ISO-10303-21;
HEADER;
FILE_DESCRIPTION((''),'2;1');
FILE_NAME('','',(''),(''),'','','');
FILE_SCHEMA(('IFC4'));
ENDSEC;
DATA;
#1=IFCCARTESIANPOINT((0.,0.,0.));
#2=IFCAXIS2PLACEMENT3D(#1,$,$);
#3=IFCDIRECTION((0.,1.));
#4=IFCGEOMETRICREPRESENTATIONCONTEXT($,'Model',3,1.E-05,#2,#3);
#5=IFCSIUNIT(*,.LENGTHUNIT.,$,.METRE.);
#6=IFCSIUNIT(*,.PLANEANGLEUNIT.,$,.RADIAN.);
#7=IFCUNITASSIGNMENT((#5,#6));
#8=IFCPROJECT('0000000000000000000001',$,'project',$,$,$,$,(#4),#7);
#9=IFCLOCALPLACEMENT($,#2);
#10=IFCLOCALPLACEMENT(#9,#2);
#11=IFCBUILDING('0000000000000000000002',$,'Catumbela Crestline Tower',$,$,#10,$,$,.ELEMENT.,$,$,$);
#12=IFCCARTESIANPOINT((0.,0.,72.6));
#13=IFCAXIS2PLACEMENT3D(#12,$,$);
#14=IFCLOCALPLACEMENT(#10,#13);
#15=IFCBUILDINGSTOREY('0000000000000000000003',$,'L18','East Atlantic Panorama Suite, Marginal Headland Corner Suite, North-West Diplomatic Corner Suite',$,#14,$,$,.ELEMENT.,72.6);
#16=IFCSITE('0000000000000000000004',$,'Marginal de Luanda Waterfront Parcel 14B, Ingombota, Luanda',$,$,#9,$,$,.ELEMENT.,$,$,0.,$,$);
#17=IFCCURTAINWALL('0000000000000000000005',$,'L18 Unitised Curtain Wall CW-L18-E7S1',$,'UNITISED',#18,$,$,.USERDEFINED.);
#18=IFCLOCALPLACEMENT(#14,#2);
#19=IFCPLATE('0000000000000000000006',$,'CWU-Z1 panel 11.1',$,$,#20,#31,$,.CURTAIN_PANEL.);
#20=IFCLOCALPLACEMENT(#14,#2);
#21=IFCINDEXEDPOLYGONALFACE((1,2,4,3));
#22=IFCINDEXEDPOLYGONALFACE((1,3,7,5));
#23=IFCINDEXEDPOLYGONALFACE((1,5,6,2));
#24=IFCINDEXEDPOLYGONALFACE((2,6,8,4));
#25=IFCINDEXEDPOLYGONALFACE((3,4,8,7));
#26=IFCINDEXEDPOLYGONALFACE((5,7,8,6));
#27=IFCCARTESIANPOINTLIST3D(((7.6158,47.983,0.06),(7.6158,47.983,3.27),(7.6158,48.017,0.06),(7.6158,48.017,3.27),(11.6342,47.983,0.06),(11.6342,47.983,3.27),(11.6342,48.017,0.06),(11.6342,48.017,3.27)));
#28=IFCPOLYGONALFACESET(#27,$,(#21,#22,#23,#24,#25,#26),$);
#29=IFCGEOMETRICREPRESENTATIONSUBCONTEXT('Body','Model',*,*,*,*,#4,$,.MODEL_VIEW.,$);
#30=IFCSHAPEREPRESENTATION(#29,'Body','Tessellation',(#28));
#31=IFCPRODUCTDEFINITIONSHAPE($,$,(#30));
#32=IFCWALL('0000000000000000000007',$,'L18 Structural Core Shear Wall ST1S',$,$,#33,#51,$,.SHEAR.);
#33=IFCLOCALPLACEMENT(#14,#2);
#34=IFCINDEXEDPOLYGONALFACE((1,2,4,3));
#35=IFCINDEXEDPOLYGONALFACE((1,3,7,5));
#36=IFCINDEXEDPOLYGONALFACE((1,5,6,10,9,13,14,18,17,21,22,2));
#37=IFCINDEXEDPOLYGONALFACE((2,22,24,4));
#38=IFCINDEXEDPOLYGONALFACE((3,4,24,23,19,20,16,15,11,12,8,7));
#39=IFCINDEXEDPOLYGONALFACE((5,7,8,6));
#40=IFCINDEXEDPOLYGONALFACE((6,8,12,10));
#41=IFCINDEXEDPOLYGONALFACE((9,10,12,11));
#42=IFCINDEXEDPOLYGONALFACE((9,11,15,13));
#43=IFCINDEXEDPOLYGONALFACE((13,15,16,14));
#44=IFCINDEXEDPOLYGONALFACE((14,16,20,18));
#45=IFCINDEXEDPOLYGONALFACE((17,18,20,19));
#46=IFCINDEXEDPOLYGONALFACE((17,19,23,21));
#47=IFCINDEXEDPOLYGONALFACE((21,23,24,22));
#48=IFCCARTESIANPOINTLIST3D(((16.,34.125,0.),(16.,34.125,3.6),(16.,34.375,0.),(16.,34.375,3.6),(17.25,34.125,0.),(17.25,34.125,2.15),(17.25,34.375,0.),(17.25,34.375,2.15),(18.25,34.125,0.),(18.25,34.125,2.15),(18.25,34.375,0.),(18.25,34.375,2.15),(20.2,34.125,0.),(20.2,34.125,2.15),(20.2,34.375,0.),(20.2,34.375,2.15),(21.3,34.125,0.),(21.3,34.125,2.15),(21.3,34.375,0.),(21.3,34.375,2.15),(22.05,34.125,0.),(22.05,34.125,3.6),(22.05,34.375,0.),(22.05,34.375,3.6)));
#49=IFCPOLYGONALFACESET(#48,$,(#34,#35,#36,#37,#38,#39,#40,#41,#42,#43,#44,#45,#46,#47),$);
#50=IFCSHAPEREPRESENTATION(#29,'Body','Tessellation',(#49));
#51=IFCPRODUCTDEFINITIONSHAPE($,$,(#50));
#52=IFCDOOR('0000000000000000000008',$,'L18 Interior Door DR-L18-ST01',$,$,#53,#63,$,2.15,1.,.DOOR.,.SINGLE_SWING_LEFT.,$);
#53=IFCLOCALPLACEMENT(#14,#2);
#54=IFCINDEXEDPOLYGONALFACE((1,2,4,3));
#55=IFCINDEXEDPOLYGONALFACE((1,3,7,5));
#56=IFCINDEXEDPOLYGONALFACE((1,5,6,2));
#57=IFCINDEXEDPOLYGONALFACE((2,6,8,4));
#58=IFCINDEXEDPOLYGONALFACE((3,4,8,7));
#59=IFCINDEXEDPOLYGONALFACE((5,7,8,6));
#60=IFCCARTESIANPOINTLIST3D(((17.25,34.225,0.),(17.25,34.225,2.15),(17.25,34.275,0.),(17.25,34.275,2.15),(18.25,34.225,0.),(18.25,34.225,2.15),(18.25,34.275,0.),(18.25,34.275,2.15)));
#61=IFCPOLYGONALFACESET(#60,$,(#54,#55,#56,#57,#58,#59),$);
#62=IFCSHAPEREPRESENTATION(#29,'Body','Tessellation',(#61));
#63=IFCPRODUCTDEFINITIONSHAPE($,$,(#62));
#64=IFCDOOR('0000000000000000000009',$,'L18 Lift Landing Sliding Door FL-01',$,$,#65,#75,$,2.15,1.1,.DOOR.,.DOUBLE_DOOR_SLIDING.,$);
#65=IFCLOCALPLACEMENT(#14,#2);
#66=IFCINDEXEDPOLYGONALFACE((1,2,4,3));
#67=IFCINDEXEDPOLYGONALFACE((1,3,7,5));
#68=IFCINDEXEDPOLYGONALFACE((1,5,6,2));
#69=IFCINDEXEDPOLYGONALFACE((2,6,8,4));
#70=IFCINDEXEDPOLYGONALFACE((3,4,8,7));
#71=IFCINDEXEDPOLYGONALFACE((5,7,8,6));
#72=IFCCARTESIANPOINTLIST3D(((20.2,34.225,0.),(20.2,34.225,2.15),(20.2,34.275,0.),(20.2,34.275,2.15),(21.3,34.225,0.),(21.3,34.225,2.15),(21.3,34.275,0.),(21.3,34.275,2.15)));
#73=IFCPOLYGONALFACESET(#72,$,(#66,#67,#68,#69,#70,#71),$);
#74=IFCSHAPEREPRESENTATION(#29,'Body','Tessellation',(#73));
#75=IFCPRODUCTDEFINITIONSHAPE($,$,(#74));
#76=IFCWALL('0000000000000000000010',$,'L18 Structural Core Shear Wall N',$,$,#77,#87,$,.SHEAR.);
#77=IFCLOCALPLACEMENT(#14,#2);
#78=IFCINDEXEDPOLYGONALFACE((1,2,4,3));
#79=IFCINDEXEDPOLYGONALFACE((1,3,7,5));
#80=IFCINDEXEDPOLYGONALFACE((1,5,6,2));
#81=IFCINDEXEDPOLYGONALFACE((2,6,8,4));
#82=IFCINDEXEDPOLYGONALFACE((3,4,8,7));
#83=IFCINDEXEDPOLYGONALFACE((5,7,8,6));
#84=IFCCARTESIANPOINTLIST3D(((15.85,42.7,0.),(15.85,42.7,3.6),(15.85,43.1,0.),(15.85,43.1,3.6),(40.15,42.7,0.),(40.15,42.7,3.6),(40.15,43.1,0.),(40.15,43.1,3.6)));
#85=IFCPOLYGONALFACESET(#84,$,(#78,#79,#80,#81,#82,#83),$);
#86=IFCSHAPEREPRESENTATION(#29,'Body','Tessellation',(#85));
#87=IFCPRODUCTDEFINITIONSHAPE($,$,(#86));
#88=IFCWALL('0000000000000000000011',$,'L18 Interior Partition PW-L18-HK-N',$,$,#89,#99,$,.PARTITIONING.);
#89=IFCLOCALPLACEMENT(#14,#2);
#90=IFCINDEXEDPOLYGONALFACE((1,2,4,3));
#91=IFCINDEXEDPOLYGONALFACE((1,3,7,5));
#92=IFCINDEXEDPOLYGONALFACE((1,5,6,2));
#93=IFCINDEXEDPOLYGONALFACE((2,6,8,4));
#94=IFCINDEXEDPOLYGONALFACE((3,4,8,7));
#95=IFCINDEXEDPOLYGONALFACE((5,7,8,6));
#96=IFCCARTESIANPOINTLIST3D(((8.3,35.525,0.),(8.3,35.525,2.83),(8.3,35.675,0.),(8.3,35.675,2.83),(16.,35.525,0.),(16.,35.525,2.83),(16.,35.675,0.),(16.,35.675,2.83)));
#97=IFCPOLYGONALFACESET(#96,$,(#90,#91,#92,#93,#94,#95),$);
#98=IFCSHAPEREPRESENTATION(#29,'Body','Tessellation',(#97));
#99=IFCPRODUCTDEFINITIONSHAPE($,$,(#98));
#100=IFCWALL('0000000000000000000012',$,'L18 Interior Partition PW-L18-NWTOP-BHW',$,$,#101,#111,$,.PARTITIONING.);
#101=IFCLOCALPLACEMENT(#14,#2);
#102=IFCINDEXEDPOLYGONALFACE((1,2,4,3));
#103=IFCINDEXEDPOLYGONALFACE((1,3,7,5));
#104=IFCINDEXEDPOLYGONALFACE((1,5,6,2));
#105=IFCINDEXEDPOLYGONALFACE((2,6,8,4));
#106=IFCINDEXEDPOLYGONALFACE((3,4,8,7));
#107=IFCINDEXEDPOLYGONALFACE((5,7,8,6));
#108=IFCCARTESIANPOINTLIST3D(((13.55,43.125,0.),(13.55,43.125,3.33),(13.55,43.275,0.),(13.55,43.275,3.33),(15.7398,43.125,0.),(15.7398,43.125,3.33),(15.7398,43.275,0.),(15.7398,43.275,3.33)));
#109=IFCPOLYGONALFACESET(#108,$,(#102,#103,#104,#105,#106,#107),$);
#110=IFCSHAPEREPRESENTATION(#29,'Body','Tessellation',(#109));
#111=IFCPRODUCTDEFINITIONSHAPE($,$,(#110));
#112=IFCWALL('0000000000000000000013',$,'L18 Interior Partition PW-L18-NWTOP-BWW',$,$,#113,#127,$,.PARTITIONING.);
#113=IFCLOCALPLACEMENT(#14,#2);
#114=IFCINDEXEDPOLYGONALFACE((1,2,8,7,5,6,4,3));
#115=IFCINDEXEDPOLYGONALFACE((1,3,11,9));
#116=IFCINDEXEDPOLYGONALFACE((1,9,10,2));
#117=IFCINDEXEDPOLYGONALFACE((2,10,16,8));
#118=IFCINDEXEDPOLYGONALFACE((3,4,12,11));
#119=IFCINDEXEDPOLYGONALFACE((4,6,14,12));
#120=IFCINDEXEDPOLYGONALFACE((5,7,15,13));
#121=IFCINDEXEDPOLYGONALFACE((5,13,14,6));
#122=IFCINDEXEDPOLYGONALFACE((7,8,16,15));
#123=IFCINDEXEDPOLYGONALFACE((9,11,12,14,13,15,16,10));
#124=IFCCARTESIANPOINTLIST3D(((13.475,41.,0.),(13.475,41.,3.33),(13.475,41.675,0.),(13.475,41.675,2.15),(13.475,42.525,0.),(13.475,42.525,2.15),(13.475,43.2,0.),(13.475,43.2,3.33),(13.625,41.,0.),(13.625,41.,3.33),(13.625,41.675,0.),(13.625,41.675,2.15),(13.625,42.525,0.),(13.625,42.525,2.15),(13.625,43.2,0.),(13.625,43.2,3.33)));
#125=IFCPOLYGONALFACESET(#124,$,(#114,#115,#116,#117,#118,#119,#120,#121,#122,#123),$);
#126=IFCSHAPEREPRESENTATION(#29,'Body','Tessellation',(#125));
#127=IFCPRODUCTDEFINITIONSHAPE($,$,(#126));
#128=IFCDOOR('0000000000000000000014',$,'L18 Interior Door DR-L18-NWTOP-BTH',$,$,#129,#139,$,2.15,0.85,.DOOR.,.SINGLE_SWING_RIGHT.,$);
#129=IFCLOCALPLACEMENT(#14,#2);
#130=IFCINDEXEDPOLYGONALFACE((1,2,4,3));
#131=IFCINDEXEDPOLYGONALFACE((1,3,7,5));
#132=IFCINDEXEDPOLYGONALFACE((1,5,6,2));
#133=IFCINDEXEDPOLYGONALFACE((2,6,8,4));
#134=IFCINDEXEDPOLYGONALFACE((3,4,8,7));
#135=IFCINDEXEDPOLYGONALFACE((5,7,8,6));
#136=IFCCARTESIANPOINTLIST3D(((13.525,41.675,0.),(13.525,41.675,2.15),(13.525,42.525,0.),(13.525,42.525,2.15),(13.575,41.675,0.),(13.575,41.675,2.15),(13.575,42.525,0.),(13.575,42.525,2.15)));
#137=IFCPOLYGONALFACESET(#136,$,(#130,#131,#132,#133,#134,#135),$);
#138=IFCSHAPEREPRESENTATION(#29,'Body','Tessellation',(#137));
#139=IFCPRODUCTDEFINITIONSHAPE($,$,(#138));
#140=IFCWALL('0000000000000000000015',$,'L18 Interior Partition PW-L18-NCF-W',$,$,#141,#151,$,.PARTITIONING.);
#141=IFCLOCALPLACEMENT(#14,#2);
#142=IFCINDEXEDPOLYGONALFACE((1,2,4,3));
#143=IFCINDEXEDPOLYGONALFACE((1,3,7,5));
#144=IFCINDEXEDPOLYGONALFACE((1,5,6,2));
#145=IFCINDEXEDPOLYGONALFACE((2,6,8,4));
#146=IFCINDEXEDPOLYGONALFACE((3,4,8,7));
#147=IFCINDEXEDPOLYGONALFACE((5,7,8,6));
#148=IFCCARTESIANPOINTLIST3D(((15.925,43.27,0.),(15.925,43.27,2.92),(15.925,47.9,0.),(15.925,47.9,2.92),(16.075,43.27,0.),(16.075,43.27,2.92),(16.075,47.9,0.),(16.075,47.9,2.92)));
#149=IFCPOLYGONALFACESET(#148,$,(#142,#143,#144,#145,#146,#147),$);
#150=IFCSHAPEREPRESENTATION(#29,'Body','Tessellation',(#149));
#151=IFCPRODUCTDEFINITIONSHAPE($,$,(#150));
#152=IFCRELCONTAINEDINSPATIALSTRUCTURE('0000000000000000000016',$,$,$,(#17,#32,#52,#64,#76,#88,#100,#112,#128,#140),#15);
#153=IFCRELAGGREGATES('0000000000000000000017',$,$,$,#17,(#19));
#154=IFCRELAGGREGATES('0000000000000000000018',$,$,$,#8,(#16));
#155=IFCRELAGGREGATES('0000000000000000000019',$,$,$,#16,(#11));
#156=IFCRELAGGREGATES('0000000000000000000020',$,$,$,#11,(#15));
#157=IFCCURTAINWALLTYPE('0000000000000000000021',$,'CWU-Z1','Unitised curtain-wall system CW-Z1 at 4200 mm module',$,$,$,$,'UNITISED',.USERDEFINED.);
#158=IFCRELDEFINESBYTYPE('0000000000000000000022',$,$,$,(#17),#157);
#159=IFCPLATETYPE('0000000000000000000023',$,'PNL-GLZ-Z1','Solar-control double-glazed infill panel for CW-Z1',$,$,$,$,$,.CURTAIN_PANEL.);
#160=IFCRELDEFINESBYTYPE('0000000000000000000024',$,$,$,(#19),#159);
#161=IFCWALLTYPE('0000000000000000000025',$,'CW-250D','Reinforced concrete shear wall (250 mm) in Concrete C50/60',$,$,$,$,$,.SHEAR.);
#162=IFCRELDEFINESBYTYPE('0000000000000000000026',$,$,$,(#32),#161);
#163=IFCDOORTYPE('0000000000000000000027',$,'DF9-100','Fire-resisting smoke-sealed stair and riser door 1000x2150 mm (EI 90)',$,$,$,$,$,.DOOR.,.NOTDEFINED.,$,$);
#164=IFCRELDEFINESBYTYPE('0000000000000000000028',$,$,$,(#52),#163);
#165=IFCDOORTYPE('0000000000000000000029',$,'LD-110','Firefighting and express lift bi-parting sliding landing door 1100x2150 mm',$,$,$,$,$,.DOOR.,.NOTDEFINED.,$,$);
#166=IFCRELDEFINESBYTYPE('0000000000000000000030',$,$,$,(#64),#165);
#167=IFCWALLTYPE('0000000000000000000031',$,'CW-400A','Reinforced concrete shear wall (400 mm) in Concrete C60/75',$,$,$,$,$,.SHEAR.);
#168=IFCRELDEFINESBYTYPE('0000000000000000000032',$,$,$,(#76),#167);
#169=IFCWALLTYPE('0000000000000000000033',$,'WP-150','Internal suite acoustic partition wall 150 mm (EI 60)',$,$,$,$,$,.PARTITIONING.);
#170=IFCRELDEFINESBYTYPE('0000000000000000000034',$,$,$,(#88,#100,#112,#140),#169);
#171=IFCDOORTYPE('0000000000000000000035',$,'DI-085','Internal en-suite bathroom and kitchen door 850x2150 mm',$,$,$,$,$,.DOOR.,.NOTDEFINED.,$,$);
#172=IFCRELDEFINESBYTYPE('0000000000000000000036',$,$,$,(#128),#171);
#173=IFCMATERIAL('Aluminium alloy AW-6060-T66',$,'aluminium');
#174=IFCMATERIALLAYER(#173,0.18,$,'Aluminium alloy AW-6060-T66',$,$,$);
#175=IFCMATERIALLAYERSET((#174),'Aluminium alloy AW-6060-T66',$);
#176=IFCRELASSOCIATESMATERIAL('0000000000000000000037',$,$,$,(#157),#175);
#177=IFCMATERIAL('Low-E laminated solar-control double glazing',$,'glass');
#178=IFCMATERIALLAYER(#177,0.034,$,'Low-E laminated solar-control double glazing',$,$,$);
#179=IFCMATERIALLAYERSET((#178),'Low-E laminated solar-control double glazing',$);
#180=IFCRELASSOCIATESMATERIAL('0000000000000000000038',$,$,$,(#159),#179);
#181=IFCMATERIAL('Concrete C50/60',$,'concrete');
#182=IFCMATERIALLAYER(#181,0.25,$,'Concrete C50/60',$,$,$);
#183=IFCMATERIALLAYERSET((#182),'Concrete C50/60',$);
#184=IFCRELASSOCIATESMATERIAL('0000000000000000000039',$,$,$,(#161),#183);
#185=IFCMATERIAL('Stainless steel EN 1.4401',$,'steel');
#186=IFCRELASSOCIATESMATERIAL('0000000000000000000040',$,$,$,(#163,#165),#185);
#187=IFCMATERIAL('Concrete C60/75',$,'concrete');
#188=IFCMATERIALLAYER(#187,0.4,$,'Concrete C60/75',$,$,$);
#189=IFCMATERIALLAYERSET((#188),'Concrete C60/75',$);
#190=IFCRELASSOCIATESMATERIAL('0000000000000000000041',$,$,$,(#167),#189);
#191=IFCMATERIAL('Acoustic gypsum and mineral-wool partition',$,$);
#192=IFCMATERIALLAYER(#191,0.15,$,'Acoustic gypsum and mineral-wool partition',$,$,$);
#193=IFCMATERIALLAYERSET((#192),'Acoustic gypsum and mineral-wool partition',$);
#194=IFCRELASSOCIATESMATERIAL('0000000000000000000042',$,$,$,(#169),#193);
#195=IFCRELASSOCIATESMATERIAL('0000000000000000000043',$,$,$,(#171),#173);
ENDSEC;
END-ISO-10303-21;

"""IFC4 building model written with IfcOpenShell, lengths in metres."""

from ifc_helpers import new_model, si_unit, direction, frame, frame_2d, origin, origin_2d, place, context, subcontext, project, spatial, rectangle, extrude, material, layer, layer_set, type_object, element, fill, aggregate, save


model = new_model("IFC4")

# Units and contexts
model_context = context("Model", 3, precision=1e-05, world=origin(), true_north=direction((0.0, 1.0)))
body_context = subcontext(model_context, "Body", "Model", "MODEL_VIEW")
ifc_project = project(units=[si_unit("LENGTHUNIT", "METRE"), si_unit("PLANEANGLEUNIT", "RADIAN")], contexts=[model_context])

# Site, building, storey
site_placement = place(None, origin())
site = spatial("IfcSite", under=ifc_project, at=site_placement, Name="Marginal de Luanda Waterfront Parcel 14B, Ingombota, Luanda", CompositionType="ELEMENT", RefElevation=0.0)
building_placement = place(site_placement, origin())
building = spatial("IfcBuilding", under=site, at=building_placement, Name="Catumbela Crestline Tower", CompositionType="ELEMENT")
storey_placement = place(building_placement, frame((0.0, 0.0, 72.6)))
storey = spatial("IfcBuildingStorey", under=building, at=storey_placement, Name="L18", Description="East Atlantic Panorama Suite, Marginal Headland Corner Suite, North-West Diplomatic Corner Suite", CompositionType="ELEMENT", Elevation=72.6)

# Curtain wall
ifc_material_1 = material(Name="Aluminium alloy AW-6060-T66", Category="aluminium")
ifc_layer_1 = layer(ifc_material_1, 0.18, Name="Aluminium alloy AW-6060-T66")
ifc_layer_set_1 = layer_set([ifc_layer_1], Name="Aluminium alloy AW-6060-T66")
curtain_wall_type = type_object("IfcCurtainWallType", Name="CWU-Z1", Description="Unitised curtain-wall system CW-Z1 at 4200 mm module", ElementType="UNITISED", PredefinedType="USERDEFINED", material=ifc_layer_set_1)
curtain_wall_placement = place(storey_placement, origin())
curtain_wall = element("IfcCurtainWall", 1, at=curtain_wall_placement, inside=storey, type_object=curtain_wall_type, Name="L18 Unitised Curtain Wall CW-L18-E7S1", ObjectType="UNITISED", PredefinedType="USERDEFINED")

# Plate
ifc_material_2 = material(Name="Low-E laminated solar-control double glazing", Category="glass")
ifc_layer_2 = layer(ifc_material_2, 0.034, Name="Low-E laminated solar-control double glazing")
ifc_layer_set_2 = layer_set([ifc_layer_2], Name="Low-E laminated solar-control double glazing")
plate_type = type_object("IfcPlateType", Name="PNL-GLZ-Z1", Description="Solar-control double-glazed infill panel for CW-Z1", PredefinedType="CURTAIN_PANEL", material=ifc_layer_set_2)
plate_1_placement = place(storey_placement, frame((9.625, 48.0, 0.06), z_axis=(0.0, 0.0, 1.0), x_axis=(-1.0, 0.0, 0.0)))
plate_1 = element("IfcPlate", 2, at=plate_1_placement, type_object=plate_type, Name="CWU-Z1 panel 11.1", PredefinedType="CURTAIN_PANEL", context=body_context, shape_type="SweptSolid", body=[
    extrude(rectangle(XDim=4.0183, YDim=0.034, at=origin_2d()), origin(), (0.0, 0.0, 1.0), 3.21),
])
aggregate(curtain_wall, [plate_1])

# Wall, openings, doors
ifc_material_3 = material(Name="Concrete C50/60", Category="concrete")
ifc_layer_3 = layer(ifc_material_3, 0.25, Name="Concrete C50/60")
ifc_layer_set_3 = layer_set([ifc_layer_3], Name="Concrete C50/60")
wall_type_1 = type_object("IfcWallType", Name="CW-250D", Description="Reinforced concrete shear wall (250 mm) in Concrete C50/60", PredefinedType="SHEAR", material=ifc_layer_set_3)
wall_1_placement = place(storey_placement, frame((16.0, 34.25, 0.0), z_axis=(0.0, 0.0, 1.0), x_axis=(1.0, 0.0, 0.0)))
wall_1 = element("IfcWall", 3, at=wall_1_placement, inside=storey, type_object=wall_type_1, Name="L18 Structural Core Shear Wall ST1S", PredefinedType="SHEAR", context=body_context, shape_type="SweptSolid", body=[
    extrude(rectangle(XDim=6.05, YDim=0.25, at=frame_2d((3.025, 0.0))), origin(), (0.0, 0.0, 1.0), 3.6),
])
opening_1_placement = place(wall_1_placement, frame((1.25, 0.0, 0.0)))
opening_1 = element("IfcOpeningElement", 4, at=opening_1_placement, cuts=wall_1, PredefinedType="OPENING", context=body_context, shape_type="SweptSolid", body=[
    extrude(rectangle(XDim=1.0, YDim=2.15, at=frame_2d((0.5, 1.075))), frame((0.0, 0.135, 0.0), z_axis=(0.0, -1.0, 0.0), x_axis=(1.0, 0.0, 0.0)), (0.0, 0.0, 1.0), 0.27),
])
opening_2_placement = place(wall_1_placement, frame((4.2, 0.0, 0.0)))
opening_2 = element("IfcOpeningElement", 5, at=opening_2_placement, cuts=wall_1, PredefinedType="OPENING", context=body_context, shape_type="SweptSolid", body=[
    extrude(rectangle(XDim=1.1, YDim=2.15, at=frame_2d((0.55, 1.075))), frame((0.0, 0.135, 0.0), z_axis=(0.0, -1.0, 0.0), x_axis=(1.0, 0.0, 0.0)), (0.0, 0.0, 1.0), 0.27),
])
ifc_material_4 = material(Name="Stainless steel EN 1.4401", Category="steel")
door_type_1 = type_object("IfcDoorType", Name="DF9-100", Description="Fire-resisting smoke-sealed stair and riser door 1000x2150 mm (EI 90)", OperationType="NOTDEFINED", PredefinedType="DOOR", material=ifc_material_4)
door_1_placement = place(opening_1_placement, origin())
door_1 = element("IfcDoor", 6, at=door_1_placement, inside=storey, type_object=door_type_1, Name="L18 Interior Door DR-L18-ST01", OperationType="SINGLE_SWING_LEFT", OverallHeight=2.15, OverallWidth=1.0, PredefinedType="DOOR", context=body_context, shape_type="SweptSolid", body=[
    extrude(rectangle(XDim=1.0, YDim=2.15, at=frame_2d((0.5, 1.075))), frame((0.0, 0.025, 0.0), z_axis=(0.0, -1.0, 0.0), x_axis=(1.0, 0.0, 0.0)), (0.0, 0.0, 1.0), 0.05),
])
fill(opening_1, door_1)
door_type_2 = type_object("IfcDoorType", Name="LD-110", Description="Firefighting and express lift bi-parting sliding landing door 1100x2150 mm", OperationType="NOTDEFINED", PredefinedType="DOOR", material=ifc_material_4)
door_2_placement = place(opening_2_placement, origin())
door_2 = element("IfcDoor", 7, at=door_2_placement, inside=storey, type_object=door_type_2, Name="L18 Lift Landing Sliding Door FL-01", OperationType="DOUBLE_DOOR_SLIDING", OverallHeight=2.15, OverallWidth=1.1, PredefinedType="DOOR", context=body_context, shape_type="SweptSolid", body=[
    extrude(rectangle(XDim=1.1, YDim=2.15, at=frame_2d((0.55, 1.075))), frame((0.0, 0.025, 0.0), z_axis=(0.0, -1.0, 0.0), x_axis=(1.0, 0.0, 0.0)), (0.0, 0.0, 1.0), 0.05),
])
fill(opening_2, door_2)

# Walls
ifc_material_5 = material(Name="Concrete C60/75", Category="concrete")
ifc_layer_4 = layer(ifc_material_5, 0.4, Name="Concrete C60/75")
ifc_layer_set_4 = layer_set([ifc_layer_4], Name="Concrete C60/75")
wall_type_2 = type_object("IfcWallType", Name="CW-400A", Description="Reinforced concrete shear wall (400 mm) in Concrete C60/75", PredefinedType="SHEAR", material=ifc_layer_set_4)
wall_2_placement = place(storey_placement, frame((15.85, 42.9, 0.0), z_axis=(0.0, 0.0, 1.0), x_axis=(1.0, 0.0, 0.0)))
element("IfcWall", 8, at=wall_2_placement, inside=storey, type_object=wall_type_2, Name="L18 Structural Core Shear Wall N", PredefinedType="SHEAR", context=body_context, shape_type="SweptSolid", body=[
    extrude(rectangle(XDim=24.3, YDim=0.4, at=frame_2d((12.15, 0.0))), origin(), (0.0, 0.0, 1.0), 3.6),
])
ifc_material_6 = material(Name="Acoustic gypsum and mineral-wool partition")
ifc_layer_5 = layer(ifc_material_6, 0.15, Name="Acoustic gypsum and mineral-wool partition")
ifc_layer_set_5 = layer_set([ifc_layer_5], Name="Acoustic gypsum and mineral-wool partition")
wall_type_3 = type_object("IfcWallType", Name="WP-150", Description="Internal suite acoustic partition wall 150 mm (EI 60)", PredefinedType="PARTITIONING", material=ifc_layer_set_5)
wall_3_placement = place(storey_placement, frame((8.3, 35.6, 0.0), z_axis=(0.0, 0.0, 1.0), x_axis=(1.0, 0.0, 0.0)))
element("IfcWall", 9, at=wall_3_placement, inside=storey, type_object=wall_type_3, Name="L18 Interior Partition PW-L18-HK-N", PredefinedType="PARTITIONING", context=body_context, shape_type="SweptSolid", body=[
    extrude(rectangle(XDim=7.7, YDim=0.15, at=frame_2d((3.85, 0.0))), origin(), (0.0, 0.0, 1.0), 2.83),
])
wall_4_placement = place(storey_placement, frame((13.55, 43.2, 0.0), z_axis=(0.0, 0.0, 1.0), x_axis=(1.0, 0.0, 0.0)))
element("IfcWall", 10, at=wall_4_placement, inside=storey, type_object=wall_type_3, Name="L18 Interior Partition PW-L18-NWTOP-BHW", PredefinedType="PARTITIONING", context=body_context, shape_type="SweptSolid", body=[
    extrude(rectangle(XDim=2.1897, YDim=0.15, at=frame_2d((1.0949, 0.0))), origin(), (0.0, 0.0, 1.0), 3.33),
])

# Wall, opening, door
wall_5_placement = place(storey_placement, frame((13.55, 41.0, 0.0), z_axis=(0.0, 0.0, 1.0), x_axis=(0.0, 1.0, 0.0)))
wall_5 = element("IfcWall", 11, at=wall_5_placement, inside=storey, type_object=wall_type_3, Name="L18 Interior Partition PW-L18-NWTOP-BWW", PredefinedType="PARTITIONING", context=body_context, shape_type="SweptSolid", body=[
    extrude(rectangle(XDim=2.2, YDim=0.15, at=frame_2d((1.1, 0.0))), origin(), (0.0, 0.0, 1.0), 3.33),
])
opening_3_placement = place(wall_5_placement, frame((0.675, 0.0, 0.0)))
opening_3 = element("IfcOpeningElement", 12, at=opening_3_placement, cuts=wall_5, PredefinedType="OPENING", context=body_context, shape_type="SweptSolid", body=[
    extrude(rectangle(XDim=0.85, YDim=2.15, at=frame_2d((0.425, 1.075))), frame((0.0, 0.085, 0.0), z_axis=(0.0, -1.0, 0.0), x_axis=(1.0, 0.0, 0.0)), (0.0, 0.0, 1.0), 0.17),
])
door_type_3 = type_object("IfcDoorType", Name="DI-085", Description="Internal en-suite bathroom and kitchen door 850x2150 mm", OperationType="NOTDEFINED", PredefinedType="DOOR", material=ifc_material_1)
door_3_placement = place(opening_3_placement, origin())
door_3 = element("IfcDoor", 13, at=door_3_placement, inside=storey, type_object=door_type_3, Name="L18 Interior Door DR-L18-NWTOP-BTH", OperationType="SINGLE_SWING_RIGHT", OverallHeight=2.15, OverallWidth=0.85, PredefinedType="DOOR", context=body_context, shape_type="SweptSolid", body=[
    extrude(rectangle(XDim=0.85, YDim=2.15, at=frame_2d((0.425, 1.075))), frame((0.0, 0.025, 0.0), z_axis=(0.0, -1.0, 0.0), x_axis=(1.0, 0.0, 0.0)), (0.0, 0.0, 1.0), 0.05),
])
fill(opening_3, door_3)

# Wall
wall_6_placement = place(storey_placement, frame((16.0, 43.27, 0.0), z_axis=(0.0, 0.0, 1.0), x_axis=(0.0, 1.0, 0.0)))
element("IfcWall", 14, at=wall_6_placement, inside=storey, type_object=wall_type_3, Name="L18 Interior Partition PW-L18-NCF-W", PredefinedType="PARTITIONING", context=body_context, shape_type="SweptSolid", body=[
    extrude(rectangle(XDim=4.63, YDim=0.15, at=frame_2d((2.315, 0.0))), origin(), (0.0, 0.0, 1.0), 2.92),
])

save(model, "model.ifc")
